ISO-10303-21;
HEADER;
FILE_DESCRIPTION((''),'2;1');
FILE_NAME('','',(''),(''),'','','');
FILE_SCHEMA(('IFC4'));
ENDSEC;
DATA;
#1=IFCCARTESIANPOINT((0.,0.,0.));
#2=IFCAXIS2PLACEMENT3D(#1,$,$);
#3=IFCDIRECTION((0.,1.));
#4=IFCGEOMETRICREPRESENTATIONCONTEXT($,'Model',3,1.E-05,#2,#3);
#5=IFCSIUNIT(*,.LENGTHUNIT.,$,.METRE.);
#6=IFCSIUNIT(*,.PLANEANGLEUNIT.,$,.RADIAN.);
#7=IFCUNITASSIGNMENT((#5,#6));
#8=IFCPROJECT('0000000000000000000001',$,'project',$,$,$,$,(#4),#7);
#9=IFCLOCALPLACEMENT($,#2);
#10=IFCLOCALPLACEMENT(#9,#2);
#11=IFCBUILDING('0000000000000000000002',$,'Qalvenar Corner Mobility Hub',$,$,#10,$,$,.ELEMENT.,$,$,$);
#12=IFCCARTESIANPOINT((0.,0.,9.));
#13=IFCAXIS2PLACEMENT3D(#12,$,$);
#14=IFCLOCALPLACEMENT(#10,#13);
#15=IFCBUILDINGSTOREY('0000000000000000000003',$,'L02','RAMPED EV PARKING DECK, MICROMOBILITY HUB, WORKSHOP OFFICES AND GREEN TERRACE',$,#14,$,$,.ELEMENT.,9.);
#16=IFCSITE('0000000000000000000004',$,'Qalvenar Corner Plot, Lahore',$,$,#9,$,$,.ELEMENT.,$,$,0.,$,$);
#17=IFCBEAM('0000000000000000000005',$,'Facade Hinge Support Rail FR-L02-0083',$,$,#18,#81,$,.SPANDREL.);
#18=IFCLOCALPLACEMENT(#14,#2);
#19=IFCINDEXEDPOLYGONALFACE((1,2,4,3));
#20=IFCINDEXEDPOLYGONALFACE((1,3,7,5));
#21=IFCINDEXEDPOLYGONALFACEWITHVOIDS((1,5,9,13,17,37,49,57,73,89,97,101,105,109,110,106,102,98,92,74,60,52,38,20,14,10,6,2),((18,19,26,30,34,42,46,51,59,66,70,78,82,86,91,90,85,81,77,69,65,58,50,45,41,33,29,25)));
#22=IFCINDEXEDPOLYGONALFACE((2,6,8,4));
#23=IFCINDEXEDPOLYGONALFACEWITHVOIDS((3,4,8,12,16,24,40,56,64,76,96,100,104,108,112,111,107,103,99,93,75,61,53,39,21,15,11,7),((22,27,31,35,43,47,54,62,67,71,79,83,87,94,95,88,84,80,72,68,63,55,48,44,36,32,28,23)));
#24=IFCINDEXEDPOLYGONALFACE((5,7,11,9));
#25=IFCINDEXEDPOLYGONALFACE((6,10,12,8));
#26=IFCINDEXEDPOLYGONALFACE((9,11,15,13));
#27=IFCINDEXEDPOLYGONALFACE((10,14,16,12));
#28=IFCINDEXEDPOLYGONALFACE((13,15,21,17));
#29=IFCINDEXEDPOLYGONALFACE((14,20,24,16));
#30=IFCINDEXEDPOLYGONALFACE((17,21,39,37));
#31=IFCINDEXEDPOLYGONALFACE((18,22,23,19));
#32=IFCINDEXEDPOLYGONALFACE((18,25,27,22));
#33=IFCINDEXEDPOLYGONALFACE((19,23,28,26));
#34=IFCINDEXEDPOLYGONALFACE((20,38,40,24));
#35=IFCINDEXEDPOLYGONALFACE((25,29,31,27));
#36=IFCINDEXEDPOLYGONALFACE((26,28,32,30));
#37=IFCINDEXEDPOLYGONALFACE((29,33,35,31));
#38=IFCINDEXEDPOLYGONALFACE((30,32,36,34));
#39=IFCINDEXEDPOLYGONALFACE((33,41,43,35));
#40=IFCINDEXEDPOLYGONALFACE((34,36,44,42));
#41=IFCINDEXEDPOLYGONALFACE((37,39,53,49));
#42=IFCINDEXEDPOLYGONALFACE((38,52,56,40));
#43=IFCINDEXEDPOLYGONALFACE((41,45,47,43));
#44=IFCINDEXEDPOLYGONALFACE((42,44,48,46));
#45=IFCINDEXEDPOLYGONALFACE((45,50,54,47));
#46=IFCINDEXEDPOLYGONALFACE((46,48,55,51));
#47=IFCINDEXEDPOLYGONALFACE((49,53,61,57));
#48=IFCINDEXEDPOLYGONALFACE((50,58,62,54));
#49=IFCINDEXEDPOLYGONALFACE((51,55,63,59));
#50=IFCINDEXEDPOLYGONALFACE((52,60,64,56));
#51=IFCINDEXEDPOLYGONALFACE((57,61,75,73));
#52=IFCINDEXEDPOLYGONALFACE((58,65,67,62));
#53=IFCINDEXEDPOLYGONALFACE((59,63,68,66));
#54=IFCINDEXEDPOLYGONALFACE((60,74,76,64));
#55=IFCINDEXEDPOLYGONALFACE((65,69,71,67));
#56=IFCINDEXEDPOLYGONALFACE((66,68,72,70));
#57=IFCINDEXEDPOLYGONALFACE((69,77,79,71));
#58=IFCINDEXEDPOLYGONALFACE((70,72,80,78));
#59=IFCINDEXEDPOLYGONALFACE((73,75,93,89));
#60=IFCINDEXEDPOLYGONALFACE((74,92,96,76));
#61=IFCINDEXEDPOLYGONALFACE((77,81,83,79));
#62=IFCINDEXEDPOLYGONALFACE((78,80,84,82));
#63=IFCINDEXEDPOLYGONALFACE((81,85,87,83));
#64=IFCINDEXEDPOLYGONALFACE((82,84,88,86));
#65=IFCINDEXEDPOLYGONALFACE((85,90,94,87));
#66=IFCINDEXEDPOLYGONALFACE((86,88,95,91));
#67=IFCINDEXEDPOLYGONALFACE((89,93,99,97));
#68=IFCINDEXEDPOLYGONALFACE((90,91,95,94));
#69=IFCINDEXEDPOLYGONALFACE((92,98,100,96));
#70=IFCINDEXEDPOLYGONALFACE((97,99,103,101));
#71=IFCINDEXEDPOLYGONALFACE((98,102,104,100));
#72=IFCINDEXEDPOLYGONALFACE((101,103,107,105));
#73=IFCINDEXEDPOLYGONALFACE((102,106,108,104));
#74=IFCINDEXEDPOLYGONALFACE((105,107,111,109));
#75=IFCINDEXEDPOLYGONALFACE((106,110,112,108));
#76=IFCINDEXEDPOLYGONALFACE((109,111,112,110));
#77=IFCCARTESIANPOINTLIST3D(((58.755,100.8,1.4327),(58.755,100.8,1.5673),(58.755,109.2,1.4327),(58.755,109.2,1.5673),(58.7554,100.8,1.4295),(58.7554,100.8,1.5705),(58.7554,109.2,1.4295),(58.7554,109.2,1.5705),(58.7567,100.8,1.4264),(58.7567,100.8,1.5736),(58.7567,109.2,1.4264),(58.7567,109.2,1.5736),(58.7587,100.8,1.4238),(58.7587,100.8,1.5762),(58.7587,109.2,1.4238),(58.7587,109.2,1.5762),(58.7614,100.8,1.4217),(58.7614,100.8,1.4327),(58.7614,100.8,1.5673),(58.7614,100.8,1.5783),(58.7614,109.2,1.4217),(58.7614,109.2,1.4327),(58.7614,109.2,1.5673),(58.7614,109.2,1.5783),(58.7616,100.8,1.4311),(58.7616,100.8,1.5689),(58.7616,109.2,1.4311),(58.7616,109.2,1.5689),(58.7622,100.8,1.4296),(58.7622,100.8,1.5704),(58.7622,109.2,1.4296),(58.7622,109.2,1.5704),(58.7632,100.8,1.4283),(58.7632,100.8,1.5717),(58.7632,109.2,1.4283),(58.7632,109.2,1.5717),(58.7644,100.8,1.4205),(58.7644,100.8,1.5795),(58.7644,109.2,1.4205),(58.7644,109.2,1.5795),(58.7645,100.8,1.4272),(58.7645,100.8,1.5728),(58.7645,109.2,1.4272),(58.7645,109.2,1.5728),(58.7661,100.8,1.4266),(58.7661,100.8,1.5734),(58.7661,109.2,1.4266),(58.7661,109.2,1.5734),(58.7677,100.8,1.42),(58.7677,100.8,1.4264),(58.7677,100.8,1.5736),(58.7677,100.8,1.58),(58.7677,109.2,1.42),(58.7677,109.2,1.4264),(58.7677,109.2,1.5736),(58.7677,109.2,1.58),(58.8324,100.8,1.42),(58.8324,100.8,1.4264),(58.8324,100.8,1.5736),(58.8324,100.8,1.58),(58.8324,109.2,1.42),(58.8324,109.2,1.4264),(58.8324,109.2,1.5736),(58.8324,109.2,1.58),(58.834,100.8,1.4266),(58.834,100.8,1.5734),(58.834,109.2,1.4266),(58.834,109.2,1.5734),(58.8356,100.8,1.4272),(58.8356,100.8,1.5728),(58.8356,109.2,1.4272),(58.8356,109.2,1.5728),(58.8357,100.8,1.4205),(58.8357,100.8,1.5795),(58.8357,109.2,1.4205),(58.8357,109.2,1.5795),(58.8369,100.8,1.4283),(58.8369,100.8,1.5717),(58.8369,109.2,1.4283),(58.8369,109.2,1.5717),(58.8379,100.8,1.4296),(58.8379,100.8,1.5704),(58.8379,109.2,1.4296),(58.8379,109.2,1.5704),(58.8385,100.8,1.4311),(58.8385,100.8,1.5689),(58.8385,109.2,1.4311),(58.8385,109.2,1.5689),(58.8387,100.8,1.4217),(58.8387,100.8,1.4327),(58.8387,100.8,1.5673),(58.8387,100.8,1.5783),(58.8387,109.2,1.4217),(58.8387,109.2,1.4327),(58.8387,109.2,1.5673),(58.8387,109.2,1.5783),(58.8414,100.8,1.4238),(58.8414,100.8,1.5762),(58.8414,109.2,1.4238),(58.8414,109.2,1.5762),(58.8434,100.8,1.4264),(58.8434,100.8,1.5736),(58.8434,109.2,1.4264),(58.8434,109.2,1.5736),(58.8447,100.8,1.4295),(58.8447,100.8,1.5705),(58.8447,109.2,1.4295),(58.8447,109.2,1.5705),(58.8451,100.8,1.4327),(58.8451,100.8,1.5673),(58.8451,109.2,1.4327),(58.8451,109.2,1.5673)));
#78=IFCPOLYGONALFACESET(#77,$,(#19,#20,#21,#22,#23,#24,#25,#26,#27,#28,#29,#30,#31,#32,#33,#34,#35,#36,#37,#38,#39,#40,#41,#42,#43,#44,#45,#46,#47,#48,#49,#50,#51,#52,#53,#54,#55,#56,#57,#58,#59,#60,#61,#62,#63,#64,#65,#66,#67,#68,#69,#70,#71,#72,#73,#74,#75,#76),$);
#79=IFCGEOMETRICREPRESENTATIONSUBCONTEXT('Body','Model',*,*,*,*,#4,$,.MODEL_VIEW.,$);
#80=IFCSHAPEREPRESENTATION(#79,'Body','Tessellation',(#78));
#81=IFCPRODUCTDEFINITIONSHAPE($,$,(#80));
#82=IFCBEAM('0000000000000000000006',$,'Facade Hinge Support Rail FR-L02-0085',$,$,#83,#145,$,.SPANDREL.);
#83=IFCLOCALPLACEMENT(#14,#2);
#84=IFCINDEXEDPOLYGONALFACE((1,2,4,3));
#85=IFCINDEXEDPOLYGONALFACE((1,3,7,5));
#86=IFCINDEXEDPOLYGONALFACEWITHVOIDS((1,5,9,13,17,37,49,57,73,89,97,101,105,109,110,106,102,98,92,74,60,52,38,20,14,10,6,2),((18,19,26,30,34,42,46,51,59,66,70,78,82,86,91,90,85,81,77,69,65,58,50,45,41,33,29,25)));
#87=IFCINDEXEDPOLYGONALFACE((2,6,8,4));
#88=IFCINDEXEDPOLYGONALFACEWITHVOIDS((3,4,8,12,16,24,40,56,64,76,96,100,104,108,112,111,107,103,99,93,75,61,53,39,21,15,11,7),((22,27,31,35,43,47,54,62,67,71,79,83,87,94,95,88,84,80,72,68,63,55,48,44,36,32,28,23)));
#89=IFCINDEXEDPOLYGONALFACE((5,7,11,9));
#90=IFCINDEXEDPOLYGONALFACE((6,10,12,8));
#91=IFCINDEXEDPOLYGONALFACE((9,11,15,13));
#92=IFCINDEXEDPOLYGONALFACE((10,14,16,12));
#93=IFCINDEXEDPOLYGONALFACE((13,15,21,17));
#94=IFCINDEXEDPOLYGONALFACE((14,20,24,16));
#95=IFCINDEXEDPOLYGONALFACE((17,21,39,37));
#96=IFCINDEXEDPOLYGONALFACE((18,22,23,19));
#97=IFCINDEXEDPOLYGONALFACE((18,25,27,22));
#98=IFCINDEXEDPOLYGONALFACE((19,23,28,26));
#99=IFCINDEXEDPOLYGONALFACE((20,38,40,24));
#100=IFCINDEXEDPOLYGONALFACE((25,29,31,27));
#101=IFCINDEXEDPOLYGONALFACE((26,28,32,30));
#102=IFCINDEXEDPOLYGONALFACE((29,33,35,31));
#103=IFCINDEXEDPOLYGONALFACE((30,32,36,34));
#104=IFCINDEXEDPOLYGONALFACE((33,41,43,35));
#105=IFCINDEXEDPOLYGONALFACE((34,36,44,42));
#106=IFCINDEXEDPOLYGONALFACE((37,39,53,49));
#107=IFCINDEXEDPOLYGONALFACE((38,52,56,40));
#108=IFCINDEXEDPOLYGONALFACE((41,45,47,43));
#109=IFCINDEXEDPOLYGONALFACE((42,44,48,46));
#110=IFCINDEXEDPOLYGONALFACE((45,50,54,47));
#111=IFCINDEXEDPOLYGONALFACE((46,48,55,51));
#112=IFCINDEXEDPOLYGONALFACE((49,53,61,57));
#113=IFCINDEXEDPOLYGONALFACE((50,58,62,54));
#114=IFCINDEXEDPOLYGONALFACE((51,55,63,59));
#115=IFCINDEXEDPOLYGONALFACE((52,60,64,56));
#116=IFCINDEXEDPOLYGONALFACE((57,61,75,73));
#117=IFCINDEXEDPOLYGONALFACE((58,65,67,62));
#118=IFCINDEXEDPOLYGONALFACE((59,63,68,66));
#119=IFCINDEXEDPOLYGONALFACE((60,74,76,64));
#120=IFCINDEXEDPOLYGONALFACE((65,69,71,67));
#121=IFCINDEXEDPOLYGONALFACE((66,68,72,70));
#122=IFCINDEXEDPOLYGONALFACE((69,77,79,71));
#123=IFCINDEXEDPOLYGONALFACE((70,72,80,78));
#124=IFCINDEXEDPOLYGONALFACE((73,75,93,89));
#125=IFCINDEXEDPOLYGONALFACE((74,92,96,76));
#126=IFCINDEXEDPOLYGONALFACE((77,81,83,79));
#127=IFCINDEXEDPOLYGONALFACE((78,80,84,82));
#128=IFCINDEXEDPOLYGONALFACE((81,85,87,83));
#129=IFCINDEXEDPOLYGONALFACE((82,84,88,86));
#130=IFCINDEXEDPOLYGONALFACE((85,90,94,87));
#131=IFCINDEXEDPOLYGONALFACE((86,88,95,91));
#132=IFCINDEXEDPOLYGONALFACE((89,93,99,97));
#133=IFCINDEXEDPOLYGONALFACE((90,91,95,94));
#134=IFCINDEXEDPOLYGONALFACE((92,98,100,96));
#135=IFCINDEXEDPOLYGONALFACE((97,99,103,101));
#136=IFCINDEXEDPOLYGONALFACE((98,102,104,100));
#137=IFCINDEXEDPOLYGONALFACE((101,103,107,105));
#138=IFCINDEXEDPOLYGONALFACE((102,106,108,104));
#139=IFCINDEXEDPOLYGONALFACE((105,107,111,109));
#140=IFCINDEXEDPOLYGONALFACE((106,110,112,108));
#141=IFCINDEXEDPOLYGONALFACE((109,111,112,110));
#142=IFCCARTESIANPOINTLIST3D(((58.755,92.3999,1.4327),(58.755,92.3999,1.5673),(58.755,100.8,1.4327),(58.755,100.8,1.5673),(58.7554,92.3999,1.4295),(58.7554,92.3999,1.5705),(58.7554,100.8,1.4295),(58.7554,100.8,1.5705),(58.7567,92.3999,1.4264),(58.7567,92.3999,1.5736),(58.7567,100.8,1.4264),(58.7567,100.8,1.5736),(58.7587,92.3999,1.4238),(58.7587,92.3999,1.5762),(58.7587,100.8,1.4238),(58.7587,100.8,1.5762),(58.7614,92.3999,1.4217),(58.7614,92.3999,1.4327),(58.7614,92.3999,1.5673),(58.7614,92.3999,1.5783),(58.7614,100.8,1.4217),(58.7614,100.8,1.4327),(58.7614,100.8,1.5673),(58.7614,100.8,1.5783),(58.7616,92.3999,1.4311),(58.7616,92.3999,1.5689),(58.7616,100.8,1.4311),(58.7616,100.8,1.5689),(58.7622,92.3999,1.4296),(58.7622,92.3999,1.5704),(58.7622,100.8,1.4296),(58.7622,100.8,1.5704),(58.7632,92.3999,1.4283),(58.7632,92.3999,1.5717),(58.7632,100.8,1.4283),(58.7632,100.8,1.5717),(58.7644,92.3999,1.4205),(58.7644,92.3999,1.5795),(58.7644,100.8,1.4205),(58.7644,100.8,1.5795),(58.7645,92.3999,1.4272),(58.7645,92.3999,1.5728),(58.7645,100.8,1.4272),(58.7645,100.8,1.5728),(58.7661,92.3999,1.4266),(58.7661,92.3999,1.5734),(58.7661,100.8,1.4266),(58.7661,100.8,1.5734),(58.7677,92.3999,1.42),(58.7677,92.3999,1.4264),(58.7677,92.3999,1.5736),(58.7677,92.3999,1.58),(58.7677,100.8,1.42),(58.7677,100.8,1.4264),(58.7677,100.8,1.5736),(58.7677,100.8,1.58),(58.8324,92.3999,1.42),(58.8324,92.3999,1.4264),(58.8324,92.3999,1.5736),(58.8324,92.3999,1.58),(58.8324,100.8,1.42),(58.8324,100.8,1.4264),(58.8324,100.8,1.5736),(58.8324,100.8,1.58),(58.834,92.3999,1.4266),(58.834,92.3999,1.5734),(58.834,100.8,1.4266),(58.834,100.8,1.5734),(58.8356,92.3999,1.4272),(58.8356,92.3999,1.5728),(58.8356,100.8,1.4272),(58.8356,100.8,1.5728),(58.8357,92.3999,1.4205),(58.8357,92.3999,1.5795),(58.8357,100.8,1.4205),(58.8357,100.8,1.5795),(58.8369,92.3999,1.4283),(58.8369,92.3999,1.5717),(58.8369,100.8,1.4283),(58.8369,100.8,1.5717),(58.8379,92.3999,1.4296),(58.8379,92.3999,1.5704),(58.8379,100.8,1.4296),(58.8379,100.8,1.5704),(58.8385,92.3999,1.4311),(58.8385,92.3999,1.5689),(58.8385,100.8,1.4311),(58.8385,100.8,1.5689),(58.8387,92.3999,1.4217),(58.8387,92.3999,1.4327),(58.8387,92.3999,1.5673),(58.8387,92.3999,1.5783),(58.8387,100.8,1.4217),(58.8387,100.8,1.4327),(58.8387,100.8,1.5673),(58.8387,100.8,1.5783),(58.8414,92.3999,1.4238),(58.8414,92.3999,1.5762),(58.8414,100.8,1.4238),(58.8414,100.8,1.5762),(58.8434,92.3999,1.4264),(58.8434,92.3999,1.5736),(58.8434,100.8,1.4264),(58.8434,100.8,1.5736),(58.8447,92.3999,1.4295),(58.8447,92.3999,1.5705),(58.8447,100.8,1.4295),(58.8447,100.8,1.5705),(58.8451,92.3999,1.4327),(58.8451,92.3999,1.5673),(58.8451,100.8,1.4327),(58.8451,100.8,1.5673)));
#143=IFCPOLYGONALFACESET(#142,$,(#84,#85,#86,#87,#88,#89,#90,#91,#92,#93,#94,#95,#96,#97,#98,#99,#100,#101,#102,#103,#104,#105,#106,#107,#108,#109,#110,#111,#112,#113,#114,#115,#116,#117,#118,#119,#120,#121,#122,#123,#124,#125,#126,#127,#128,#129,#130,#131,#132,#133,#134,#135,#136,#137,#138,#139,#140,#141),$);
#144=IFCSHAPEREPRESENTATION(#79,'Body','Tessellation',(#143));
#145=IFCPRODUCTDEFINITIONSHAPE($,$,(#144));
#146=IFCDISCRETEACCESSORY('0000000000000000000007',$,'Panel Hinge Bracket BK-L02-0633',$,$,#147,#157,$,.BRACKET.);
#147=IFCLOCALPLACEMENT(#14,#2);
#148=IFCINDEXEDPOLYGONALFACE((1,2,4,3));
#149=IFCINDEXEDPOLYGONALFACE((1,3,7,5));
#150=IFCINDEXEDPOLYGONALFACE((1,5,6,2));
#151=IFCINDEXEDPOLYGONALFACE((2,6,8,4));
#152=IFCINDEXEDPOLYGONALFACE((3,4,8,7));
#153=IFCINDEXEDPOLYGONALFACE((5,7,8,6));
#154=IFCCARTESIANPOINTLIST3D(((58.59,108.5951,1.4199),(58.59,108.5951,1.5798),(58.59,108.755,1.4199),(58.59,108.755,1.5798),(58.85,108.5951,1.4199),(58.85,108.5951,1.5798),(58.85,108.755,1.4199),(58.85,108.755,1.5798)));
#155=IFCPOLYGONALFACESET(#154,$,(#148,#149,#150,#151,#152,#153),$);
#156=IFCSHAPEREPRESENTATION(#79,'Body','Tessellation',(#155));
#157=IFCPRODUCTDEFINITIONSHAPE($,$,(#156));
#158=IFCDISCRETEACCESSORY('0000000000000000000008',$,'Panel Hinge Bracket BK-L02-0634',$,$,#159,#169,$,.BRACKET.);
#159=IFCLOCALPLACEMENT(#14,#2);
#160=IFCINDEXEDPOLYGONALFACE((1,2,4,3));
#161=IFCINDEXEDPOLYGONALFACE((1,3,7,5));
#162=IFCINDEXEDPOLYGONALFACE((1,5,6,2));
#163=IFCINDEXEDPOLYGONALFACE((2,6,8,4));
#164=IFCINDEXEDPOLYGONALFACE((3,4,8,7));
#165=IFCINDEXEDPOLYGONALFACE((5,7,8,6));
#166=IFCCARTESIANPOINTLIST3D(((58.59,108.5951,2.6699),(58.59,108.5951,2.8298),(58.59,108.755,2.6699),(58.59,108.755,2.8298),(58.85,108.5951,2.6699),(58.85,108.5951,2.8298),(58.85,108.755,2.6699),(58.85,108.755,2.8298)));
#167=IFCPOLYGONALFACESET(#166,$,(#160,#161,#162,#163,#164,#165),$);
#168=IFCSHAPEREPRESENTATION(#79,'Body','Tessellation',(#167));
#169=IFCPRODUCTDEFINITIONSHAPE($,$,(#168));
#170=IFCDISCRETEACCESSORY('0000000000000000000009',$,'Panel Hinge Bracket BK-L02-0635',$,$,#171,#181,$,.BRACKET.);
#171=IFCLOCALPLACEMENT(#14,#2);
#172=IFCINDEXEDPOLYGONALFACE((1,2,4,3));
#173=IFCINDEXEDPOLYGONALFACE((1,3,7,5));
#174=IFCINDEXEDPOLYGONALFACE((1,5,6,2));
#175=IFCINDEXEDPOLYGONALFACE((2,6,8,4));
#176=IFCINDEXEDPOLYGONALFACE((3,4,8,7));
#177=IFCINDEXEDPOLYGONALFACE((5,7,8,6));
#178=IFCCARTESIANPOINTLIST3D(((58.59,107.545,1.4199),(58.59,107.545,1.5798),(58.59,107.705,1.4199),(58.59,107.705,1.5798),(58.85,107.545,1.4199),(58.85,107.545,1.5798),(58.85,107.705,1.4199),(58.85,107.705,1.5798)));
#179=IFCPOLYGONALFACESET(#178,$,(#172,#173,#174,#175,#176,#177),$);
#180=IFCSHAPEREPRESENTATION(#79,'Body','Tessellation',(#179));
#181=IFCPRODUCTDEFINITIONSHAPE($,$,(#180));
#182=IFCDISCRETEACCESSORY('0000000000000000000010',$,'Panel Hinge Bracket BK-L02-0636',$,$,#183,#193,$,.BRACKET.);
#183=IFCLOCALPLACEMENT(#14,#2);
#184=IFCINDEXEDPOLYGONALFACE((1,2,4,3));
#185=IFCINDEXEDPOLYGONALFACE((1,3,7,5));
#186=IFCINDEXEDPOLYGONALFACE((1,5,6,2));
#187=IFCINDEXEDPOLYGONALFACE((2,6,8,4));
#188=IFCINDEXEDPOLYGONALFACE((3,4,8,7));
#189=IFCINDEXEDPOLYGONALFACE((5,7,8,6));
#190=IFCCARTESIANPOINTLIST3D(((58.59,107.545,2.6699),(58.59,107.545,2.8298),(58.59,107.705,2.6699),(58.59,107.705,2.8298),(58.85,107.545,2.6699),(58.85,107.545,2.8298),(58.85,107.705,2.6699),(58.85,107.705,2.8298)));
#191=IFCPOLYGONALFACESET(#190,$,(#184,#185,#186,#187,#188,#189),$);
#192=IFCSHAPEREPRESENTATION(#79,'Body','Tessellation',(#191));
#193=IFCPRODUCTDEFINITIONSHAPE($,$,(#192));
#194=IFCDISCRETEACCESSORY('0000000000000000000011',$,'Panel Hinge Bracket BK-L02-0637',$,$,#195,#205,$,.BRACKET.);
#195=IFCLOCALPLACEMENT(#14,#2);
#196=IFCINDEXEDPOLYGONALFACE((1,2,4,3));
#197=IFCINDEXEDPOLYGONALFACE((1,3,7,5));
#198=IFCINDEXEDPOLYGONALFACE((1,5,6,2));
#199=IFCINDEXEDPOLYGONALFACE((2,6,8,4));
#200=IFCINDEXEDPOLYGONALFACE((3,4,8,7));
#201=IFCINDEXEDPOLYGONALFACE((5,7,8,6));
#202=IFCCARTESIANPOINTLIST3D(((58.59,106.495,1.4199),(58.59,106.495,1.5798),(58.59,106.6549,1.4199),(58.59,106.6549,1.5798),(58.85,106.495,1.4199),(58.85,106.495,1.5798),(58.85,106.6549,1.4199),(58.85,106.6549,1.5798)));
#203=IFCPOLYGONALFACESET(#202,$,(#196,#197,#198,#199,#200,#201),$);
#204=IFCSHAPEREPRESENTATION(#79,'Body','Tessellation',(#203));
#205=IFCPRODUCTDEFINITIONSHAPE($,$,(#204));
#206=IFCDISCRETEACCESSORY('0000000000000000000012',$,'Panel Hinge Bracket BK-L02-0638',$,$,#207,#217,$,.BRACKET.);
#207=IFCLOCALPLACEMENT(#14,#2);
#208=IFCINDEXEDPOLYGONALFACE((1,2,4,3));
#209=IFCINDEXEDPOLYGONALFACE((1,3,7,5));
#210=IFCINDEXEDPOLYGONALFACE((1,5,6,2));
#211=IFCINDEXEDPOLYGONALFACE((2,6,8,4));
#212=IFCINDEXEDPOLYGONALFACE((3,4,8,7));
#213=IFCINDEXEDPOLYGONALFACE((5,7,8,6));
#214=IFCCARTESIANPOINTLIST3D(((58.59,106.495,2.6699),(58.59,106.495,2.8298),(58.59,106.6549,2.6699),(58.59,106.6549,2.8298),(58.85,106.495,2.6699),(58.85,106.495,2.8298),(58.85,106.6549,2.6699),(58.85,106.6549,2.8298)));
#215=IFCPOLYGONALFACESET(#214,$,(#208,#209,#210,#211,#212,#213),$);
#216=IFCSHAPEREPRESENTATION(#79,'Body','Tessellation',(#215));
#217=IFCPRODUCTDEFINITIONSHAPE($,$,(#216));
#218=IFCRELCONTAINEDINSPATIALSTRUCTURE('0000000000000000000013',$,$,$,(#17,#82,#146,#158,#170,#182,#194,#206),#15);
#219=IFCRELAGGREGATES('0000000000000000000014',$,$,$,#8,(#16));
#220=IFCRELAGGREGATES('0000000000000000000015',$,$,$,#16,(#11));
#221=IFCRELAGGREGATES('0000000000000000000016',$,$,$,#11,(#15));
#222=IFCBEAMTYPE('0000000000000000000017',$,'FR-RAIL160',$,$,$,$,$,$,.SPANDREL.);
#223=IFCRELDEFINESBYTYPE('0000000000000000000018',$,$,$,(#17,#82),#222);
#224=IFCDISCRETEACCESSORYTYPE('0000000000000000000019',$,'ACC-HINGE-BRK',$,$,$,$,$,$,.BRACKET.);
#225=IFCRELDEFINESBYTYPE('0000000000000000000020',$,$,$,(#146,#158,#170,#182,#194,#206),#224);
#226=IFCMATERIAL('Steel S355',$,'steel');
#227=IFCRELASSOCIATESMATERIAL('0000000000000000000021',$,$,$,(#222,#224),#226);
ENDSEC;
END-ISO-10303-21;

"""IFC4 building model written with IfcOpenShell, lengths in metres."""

from ifc_helpers import new_model, si_unit, direction, frame, origin, origin_2d, place, context, subcontext, project, spatial, rectangle, hollow_rectangle, extrude, material, material_profile, profile_set, type_object, element, save


model = new_model("IFC4")

# Units and contexts
model_context = context("Model", 3, precision=1e-05, world=origin(), true_north=direction((0.0, 1.0)))
body_context = subcontext(model_context, "Body", "Model", "MODEL_VIEW")
ifc_project = project(units=[si_unit("LENGTHUNIT", "METRE"), si_unit("PLANEANGLEUNIT", "RADIAN")], contexts=[model_context])

# Site, building, storey
site_placement = place(None, origin())
site = spatial("IfcSite", under=ifc_project, at=site_placement, Name="Qalvenar Corner Plot, Lahore", CompositionType="ELEMENT", RefElevation=0.0)
building_placement = place(site_placement, origin())
building = spatial("IfcBuilding", under=site, at=building_placement, Name="Qalvenar Corner Mobility Hub", CompositionType="ELEMENT")
storey_placement = place(building_placement, frame((0.0, 0.0, 9.0)))
storey = spatial("IfcBuildingStorey", under=building, at=storey_placement, Name="L02", Description="RAMPED EV PARKING DECK, MICROMOBILITY HUB, WORKSHOP OFFICES AND GREEN TERRACE", CompositionType="ELEMENT", Elevation=9.0)

# Shared definitions
ifc_material = material(Name="Steel S355", Category="steel")

# Beams
ifc_material_profile_1 = material_profile(ifc_material, hollow_rectangle(XDim=0.0901, YDim=0.1599, WallThickness=0.0063, InnerFilletRadius=0.0063, OuterFilletRadius=0.0127, at=origin_2d()), Name="RHS160x90x6.3")
ifc_profile_set_1 = profile_set([ifc_material_profile_1], Name="Steel S355")
beam_type_1 = type_object("IfcBeamType", Name="FR-RAIL160", PredefinedType="SPANDREL", material=ifc_profile_set_1)
beam_1_placement = place(storey_placement, frame((58.8, 109.2, 1.5), z_axis=(0.0, -1.0, 0.0), x_axis=(1.0, 0.0, 0.0)))
element("IfcBeam", 1, at=beam_1_placement, inside=storey, type_object=beam_type_1, Name="Facade Hinge Support Rail FR-L02-0083", PredefinedType="SPANDREL", context=body_context, shape_type="SweptSolid", body=[
    extrude(hollow_rectangle(XDim=0.0901, YDim=0.1599, WallThickness=0.0063, InnerFilletRadius=0.0063, OuterFilletRadius=0.0127, at=origin_2d()), origin(), (0.0, 0.0, 1.0), 8.3999),
])
beam_2_placement = place(storey_placement, frame((58.8, 100.8, 1.5), z_axis=(0.0, -1.0, 0.0), x_axis=(1.0, 0.0, 0.0)))
element("IfcBeam", 2, at=beam_2_placement, inside=storey, type_object=beam_type_1, Name="Facade Hinge Support Rail FR-L02-0085", PredefinedType="SPANDREL", context=body_context, shape_type="SweptSolid", body=[
    extrude(hollow_rectangle(XDim=0.0901, YDim=0.1599, WallThickness=0.0063, InnerFilletRadius=0.0063, OuterFilletRadius=0.0127, at=origin_2d()), origin(), (0.0, 0.0, 1.0), 8.4001),
])

# Discrete accessories
discrete_accessory_type = type_object("IfcDiscreteAccessoryType", Name="ACC-HINGE-BRK", PredefinedType="BRACKET", material=ifc_material)
for number, where, z_axis, x_axis, name in (
    (3, (58.72, 108.675, 1.4199), (0.0, 0.0, 1.0), (0.0, -1.0, 0.0), "Panel Hinge Bracket BK-L02-0633"),
    (4, (58.72, 108.675, 2.6699), (0.0, 0.0, 1.0), (0.0, -1.0, 0.0), "Panel Hinge Bracket BK-L02-0634"),
    (5, (58.72, 107.625, 1.4199), (0.0, 0.0, 1.0), (0.0, -1.0, 0.0), "Panel Hinge Bracket BK-L02-0635"),
    (6, (58.72, 107.625, 2.6699), (0.0, 0.0, 1.0), (0.0, -1.0, 0.0), "Panel Hinge Bracket BK-L02-0636"),
    (7, (58.72, 106.575, 1.4199), (0.0, 0.0, 1.0), (0.0, -1.0, 0.0), "Panel Hinge Bracket BK-L02-0637"),
    (8, (58.72, 106.575, 2.6699), (0.0, 0.0, 1.0), (0.0, -1.0, 0.0), "Panel Hinge Bracket BK-L02-0638"),
):
    element("IfcDiscreteAccessory", number, at=place(storey_placement, frame(where, z_axis=z_axis, x_axis=x_axis)), inside=storey, type_object=discrete_accessory_type, Name=name, PredefinedType="BRACKET", context=body_context, shape_type="SweptSolid", body=[
        extrude(rectangle(XDim=0.1599, YDim=0.26, at=origin_2d()), origin(), (0.0, 0.0, 1.0), 0.1599),
    ])

save(model, "model.ifc")
